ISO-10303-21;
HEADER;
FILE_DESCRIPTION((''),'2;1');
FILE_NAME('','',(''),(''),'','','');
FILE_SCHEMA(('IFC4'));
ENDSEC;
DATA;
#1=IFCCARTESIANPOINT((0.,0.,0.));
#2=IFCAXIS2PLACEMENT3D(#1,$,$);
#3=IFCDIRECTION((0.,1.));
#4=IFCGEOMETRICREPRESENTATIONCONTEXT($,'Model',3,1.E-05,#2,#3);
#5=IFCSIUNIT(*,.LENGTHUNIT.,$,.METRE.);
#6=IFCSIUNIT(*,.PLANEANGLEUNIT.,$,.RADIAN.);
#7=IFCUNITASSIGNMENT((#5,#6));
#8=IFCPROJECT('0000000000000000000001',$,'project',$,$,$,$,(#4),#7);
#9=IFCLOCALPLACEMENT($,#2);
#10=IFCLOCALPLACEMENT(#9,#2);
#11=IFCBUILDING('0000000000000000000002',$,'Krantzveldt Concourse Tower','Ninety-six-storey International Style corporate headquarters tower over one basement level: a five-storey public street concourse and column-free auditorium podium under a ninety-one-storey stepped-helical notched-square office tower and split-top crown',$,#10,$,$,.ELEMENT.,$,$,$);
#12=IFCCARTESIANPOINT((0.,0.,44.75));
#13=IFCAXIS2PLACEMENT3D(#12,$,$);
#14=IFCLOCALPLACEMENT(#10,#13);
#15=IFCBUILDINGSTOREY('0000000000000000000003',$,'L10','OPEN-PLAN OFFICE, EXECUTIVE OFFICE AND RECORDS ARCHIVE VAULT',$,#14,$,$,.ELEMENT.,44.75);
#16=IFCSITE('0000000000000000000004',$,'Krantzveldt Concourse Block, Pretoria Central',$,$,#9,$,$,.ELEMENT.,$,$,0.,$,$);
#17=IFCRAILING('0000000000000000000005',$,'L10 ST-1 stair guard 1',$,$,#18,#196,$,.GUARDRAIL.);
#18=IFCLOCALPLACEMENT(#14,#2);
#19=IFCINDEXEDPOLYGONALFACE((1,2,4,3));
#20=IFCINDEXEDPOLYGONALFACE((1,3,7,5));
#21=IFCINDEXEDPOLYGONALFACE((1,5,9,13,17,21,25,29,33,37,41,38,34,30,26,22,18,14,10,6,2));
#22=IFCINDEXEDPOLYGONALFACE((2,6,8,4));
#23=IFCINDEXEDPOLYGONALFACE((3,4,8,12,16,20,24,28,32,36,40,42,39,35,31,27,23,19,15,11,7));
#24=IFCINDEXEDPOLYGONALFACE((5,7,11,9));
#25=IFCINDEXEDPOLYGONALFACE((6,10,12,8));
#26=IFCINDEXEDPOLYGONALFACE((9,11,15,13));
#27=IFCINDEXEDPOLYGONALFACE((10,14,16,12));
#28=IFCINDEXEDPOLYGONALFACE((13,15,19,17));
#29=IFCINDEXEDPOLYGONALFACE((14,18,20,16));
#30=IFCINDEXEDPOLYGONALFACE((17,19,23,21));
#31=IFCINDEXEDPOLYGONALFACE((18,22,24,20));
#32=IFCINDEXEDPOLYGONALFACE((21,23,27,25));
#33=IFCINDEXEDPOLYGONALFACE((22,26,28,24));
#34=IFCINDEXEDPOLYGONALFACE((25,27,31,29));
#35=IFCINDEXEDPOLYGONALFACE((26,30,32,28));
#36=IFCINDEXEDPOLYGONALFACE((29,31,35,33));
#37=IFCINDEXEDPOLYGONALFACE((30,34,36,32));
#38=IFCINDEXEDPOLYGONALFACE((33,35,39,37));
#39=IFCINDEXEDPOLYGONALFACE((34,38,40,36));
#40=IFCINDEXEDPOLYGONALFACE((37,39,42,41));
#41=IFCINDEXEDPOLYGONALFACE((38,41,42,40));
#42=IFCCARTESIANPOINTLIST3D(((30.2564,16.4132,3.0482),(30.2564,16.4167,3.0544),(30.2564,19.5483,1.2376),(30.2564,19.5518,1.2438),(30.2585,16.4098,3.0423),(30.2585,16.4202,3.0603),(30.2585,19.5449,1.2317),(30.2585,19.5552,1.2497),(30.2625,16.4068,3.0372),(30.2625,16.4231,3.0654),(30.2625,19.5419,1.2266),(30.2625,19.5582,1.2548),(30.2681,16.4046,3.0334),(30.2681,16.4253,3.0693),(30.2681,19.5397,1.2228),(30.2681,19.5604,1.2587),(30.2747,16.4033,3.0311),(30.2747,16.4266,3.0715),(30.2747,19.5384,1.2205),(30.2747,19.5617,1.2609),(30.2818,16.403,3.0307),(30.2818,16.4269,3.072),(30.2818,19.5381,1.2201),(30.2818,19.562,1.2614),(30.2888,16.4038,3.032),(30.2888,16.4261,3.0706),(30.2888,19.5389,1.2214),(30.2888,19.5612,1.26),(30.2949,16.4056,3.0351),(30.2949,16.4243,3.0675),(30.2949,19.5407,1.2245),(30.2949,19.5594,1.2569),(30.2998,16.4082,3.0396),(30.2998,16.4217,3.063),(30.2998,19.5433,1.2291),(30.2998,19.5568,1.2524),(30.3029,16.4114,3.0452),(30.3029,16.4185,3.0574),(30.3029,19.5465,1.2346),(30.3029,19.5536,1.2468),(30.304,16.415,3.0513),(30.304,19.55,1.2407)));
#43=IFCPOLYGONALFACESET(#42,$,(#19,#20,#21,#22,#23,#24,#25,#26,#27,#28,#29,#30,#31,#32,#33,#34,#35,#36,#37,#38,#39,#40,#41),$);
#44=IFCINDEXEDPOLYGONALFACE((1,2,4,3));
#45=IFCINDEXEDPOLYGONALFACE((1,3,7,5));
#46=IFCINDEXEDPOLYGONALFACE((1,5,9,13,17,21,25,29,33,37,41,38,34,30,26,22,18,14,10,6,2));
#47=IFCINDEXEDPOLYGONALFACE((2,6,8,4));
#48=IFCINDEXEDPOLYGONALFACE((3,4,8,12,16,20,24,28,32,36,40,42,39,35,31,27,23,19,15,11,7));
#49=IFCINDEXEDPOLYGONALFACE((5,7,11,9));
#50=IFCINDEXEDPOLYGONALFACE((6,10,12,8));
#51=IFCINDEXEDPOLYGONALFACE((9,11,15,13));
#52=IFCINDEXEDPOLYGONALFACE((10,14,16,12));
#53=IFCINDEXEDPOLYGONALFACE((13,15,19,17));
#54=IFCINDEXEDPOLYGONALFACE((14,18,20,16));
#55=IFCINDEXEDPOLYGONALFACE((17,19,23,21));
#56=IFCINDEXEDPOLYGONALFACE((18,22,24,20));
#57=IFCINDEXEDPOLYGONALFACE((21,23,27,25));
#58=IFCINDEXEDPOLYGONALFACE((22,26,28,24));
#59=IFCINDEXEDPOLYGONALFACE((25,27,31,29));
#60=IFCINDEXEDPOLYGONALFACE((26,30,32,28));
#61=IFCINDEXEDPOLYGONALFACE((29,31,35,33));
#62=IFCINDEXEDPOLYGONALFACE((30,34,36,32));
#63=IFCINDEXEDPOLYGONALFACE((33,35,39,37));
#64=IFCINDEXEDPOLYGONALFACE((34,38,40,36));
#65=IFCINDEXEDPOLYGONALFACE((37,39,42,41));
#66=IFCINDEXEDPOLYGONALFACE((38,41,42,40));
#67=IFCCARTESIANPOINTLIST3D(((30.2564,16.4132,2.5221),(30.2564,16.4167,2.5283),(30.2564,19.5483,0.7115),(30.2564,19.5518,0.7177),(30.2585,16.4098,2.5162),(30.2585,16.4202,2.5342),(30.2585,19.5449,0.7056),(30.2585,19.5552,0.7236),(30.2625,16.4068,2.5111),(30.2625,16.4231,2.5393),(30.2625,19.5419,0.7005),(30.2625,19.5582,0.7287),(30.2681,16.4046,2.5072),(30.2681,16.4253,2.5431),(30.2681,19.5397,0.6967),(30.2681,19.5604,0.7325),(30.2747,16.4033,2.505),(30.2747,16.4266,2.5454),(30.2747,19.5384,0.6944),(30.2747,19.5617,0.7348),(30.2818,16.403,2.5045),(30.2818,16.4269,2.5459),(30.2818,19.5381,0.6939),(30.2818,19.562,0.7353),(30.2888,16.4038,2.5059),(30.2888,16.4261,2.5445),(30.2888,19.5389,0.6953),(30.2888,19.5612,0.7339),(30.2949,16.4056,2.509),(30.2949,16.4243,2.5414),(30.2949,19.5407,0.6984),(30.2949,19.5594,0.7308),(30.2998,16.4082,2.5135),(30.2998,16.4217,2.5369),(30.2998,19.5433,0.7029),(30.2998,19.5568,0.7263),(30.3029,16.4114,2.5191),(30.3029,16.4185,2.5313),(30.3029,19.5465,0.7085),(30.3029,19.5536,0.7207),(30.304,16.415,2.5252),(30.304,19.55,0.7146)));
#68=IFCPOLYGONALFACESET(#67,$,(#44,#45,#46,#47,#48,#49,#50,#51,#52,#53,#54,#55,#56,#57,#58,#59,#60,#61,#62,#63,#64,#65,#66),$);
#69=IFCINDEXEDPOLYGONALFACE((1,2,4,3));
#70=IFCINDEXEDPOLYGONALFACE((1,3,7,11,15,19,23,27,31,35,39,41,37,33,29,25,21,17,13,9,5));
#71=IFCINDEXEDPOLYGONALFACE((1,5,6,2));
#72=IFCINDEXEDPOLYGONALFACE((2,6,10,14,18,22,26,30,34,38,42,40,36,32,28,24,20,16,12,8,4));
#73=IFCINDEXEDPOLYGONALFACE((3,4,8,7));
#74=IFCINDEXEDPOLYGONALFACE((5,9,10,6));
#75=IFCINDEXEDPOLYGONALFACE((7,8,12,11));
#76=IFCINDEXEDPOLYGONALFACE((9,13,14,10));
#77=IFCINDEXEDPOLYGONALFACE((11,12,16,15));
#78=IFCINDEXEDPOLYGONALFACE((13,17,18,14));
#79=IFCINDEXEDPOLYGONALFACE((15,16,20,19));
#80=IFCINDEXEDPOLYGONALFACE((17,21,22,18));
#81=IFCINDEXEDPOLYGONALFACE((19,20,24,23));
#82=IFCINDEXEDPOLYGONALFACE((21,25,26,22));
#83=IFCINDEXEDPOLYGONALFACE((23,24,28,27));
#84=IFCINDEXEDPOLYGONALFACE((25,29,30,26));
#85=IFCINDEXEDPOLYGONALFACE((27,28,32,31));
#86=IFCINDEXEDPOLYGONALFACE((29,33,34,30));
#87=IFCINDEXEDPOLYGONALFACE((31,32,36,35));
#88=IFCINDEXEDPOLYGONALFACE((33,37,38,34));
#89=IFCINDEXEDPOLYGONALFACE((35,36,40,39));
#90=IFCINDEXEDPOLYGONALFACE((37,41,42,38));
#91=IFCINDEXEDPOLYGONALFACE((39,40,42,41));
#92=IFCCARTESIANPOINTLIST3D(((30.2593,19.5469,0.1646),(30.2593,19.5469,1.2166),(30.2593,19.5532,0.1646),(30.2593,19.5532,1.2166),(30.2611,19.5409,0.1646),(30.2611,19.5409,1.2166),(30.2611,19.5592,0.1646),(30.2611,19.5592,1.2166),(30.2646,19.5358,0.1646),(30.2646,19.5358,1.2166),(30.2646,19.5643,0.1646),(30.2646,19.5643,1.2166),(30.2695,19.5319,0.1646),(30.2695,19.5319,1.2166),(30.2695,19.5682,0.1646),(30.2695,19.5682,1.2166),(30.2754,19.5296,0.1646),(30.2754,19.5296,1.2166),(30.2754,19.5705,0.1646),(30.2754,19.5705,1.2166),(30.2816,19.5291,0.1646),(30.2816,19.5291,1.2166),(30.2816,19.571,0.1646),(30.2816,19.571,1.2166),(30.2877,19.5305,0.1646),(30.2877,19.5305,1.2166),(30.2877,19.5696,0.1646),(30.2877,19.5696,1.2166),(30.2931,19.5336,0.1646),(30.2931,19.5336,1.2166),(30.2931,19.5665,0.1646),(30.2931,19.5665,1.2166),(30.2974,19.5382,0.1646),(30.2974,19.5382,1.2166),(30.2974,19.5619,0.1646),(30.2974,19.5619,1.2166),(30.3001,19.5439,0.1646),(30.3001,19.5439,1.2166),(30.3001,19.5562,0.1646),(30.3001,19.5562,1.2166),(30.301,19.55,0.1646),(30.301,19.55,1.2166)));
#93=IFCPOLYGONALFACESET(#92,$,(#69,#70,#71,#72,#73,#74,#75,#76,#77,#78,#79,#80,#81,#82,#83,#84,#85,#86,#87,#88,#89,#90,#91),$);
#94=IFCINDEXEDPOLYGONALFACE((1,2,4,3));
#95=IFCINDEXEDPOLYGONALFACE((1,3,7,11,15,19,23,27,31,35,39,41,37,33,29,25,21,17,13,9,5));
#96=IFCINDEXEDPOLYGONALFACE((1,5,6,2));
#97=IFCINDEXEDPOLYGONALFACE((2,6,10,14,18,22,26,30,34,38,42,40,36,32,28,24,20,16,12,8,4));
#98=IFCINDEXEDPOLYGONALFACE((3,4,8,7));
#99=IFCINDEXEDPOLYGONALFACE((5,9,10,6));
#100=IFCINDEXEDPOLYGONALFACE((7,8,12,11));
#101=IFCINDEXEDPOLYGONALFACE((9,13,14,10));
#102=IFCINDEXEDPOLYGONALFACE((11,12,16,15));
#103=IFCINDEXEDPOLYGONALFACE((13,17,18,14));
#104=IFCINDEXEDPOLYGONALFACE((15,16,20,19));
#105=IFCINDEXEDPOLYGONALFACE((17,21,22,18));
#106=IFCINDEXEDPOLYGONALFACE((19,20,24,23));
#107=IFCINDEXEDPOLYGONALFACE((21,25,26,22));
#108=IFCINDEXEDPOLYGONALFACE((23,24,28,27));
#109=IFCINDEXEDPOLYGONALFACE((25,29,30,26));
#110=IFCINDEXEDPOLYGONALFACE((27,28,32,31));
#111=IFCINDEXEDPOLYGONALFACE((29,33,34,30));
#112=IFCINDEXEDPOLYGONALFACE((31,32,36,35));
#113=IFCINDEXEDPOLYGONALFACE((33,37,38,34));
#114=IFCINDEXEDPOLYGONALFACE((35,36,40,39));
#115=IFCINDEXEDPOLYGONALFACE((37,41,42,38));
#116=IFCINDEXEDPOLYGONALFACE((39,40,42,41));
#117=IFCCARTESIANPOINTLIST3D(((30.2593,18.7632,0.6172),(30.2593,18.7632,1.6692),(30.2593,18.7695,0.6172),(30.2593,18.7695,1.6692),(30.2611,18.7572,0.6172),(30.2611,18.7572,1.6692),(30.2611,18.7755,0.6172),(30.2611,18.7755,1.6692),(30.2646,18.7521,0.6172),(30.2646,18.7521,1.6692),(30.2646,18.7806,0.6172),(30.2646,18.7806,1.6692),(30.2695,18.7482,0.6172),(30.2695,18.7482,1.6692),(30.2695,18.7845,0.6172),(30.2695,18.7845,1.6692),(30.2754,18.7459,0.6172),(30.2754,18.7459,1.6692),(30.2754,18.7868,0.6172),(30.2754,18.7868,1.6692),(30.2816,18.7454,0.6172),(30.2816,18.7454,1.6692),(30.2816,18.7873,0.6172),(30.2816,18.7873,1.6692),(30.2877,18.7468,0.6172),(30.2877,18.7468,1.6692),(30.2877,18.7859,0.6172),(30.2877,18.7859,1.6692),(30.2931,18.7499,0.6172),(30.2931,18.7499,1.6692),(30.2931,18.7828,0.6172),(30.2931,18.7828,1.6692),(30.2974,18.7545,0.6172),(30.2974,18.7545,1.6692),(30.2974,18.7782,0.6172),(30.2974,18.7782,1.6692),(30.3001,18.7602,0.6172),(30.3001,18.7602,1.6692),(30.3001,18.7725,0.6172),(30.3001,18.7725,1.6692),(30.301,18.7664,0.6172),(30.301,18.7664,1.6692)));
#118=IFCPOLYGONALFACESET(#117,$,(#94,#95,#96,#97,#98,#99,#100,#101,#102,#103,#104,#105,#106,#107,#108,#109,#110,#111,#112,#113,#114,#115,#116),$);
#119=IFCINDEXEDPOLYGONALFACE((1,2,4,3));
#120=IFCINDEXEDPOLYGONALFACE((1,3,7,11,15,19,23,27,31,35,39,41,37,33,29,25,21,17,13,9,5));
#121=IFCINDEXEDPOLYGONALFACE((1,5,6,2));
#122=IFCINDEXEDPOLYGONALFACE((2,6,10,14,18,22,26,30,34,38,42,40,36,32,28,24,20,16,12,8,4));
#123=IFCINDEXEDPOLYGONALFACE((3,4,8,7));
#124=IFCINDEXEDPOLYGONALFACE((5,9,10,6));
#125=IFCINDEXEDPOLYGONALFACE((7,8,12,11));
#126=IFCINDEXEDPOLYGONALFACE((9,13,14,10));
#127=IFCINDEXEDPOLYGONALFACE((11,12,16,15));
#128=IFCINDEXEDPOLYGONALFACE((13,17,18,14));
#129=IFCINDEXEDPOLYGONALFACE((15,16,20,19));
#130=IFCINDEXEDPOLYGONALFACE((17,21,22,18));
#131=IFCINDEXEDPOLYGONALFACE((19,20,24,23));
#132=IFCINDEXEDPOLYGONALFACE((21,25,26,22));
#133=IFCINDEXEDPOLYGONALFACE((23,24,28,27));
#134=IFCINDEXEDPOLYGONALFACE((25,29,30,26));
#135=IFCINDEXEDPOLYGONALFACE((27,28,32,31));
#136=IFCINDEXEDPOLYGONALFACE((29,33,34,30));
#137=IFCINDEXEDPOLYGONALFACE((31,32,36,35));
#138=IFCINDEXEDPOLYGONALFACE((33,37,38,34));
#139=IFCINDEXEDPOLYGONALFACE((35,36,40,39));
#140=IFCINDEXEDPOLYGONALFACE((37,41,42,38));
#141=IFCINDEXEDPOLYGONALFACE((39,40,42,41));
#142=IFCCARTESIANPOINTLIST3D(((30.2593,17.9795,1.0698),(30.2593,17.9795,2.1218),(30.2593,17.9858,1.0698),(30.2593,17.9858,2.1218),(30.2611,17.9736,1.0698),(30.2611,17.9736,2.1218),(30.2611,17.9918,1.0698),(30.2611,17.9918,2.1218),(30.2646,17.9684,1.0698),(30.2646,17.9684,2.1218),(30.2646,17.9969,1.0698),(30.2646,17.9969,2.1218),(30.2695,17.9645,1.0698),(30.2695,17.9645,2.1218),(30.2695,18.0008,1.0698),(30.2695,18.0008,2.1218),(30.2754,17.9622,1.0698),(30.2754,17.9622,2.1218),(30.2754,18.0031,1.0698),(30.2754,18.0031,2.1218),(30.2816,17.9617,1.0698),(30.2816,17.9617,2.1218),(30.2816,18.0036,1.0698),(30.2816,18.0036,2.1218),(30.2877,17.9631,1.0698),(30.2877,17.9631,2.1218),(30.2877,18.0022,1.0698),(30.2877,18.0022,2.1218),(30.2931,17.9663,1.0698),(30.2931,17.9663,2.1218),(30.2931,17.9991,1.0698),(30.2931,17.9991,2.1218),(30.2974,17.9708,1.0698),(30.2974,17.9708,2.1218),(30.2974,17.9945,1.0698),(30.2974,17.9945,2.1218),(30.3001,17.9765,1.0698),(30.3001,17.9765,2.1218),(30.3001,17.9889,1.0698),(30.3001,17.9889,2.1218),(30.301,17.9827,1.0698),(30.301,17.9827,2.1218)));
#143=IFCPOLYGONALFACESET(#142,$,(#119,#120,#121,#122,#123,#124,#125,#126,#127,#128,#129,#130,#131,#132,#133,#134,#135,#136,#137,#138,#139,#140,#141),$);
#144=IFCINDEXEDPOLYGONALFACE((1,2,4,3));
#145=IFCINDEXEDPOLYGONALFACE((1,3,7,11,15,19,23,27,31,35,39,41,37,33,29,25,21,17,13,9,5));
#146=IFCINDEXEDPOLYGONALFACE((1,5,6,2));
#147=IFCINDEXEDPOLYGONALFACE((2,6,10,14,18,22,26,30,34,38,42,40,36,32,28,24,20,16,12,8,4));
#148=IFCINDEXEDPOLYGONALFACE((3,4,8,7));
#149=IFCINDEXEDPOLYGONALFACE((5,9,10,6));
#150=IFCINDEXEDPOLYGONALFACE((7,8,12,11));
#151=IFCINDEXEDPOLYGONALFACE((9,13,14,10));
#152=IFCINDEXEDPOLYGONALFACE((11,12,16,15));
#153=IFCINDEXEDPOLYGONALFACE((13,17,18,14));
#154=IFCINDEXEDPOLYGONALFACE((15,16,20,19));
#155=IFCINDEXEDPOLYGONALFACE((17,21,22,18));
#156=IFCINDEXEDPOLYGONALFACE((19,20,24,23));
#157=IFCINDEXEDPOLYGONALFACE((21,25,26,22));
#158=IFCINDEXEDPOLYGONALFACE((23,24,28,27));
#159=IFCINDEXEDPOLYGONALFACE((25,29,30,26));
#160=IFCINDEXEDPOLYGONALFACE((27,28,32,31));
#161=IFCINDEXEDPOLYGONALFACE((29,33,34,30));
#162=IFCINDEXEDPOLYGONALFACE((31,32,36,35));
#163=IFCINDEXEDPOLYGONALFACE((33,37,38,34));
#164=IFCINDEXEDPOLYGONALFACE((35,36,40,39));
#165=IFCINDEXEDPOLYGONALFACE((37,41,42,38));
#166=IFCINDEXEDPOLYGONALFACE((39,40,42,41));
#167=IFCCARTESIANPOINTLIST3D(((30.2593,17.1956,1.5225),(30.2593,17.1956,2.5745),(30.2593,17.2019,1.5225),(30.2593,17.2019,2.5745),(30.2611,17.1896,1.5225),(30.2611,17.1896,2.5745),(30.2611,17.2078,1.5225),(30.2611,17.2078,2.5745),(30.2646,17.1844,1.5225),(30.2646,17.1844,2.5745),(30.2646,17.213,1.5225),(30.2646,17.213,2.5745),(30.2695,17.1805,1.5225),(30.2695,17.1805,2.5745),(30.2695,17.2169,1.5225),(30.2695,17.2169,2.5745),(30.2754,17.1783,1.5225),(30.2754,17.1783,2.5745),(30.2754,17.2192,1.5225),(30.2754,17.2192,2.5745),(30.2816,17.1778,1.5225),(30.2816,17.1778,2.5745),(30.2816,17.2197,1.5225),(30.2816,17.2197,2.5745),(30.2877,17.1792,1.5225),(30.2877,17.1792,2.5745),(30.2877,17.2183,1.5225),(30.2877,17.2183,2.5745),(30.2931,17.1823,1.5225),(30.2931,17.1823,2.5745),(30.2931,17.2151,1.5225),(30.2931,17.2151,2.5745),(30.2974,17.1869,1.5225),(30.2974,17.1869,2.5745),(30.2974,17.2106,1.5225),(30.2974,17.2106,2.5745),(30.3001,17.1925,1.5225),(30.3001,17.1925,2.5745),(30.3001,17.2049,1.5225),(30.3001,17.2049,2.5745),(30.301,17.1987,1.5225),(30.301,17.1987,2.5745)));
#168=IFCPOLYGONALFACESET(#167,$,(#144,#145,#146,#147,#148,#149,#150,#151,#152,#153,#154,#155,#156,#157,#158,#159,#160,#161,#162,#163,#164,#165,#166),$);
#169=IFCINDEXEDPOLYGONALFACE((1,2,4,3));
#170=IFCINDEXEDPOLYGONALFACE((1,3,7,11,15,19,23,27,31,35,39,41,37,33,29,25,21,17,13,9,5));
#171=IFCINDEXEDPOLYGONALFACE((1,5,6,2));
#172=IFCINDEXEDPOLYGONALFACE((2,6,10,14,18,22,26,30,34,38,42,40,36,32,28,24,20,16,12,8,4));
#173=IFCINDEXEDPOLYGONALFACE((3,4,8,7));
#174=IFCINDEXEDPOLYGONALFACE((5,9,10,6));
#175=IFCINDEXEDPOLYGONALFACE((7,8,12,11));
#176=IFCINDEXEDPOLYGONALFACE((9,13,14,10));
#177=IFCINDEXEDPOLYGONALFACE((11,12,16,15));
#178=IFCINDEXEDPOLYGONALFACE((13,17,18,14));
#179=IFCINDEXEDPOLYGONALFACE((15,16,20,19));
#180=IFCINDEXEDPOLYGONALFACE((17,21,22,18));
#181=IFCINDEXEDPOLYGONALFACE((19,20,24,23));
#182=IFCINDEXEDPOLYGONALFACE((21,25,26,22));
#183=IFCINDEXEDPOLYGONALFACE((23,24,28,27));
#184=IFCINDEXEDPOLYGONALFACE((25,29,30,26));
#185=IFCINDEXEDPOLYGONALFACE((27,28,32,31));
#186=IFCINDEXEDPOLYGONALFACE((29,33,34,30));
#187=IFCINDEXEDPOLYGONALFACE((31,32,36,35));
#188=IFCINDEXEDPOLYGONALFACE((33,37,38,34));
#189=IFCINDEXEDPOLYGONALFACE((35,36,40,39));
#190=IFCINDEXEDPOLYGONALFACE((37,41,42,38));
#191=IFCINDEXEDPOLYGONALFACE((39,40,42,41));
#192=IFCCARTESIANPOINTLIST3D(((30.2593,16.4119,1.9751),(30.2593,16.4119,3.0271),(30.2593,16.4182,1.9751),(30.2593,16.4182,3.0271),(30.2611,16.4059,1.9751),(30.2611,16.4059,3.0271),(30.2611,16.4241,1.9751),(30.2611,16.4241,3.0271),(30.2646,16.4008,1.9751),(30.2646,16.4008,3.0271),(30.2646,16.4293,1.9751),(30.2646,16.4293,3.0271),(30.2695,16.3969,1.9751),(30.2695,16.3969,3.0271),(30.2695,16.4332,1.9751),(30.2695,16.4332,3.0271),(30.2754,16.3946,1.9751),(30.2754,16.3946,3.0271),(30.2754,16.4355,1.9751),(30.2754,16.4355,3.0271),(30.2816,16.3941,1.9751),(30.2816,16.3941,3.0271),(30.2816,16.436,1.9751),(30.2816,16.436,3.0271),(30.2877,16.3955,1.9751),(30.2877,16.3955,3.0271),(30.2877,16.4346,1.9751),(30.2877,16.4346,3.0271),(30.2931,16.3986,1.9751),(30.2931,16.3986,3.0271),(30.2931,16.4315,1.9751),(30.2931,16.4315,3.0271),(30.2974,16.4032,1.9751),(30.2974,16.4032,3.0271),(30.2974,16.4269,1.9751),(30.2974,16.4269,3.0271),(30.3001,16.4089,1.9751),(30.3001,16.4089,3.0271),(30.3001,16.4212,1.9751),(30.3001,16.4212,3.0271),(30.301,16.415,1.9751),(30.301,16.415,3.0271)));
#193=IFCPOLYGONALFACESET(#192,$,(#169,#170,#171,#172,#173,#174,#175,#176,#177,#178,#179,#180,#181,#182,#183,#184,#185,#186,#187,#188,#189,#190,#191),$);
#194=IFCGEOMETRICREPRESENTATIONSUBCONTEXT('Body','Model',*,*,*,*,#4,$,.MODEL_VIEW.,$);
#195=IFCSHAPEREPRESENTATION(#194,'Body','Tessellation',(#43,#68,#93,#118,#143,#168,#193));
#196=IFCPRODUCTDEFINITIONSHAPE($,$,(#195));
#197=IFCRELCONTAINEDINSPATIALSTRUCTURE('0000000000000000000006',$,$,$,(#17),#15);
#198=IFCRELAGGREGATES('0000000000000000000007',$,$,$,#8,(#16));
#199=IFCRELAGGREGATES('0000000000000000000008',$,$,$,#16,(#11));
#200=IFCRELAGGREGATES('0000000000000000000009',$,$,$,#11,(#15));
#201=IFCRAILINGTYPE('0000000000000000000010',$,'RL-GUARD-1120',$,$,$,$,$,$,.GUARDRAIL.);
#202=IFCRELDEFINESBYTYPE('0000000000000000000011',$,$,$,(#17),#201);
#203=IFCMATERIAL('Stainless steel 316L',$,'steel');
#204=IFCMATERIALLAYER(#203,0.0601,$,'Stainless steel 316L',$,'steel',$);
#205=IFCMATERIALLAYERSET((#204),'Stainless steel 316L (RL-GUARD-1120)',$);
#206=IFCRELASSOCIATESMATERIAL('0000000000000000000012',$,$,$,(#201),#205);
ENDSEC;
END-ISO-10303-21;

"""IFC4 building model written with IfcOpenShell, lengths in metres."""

from ifc_helpers import new_model, si_unit, direction, frame, origin, origin_2d, place, context, subcontext, project, spatial, circle, extrude, material, layer, layer_set, type_object, element, save


model = new_model("IFC4")

# Units and contexts
model_context = context("Model", 3, precision=1e-05, world=origin(), true_north=direction((0.0, 1.0)))
body_context = subcontext(model_context, "Body", "Model", "MODEL_VIEW")
ifc_project = project(units=[si_unit("LENGTHUNIT", "METRE"), si_unit("PLANEANGLEUNIT", "RADIAN")], contexts=[model_context])

# Site, building, storey
site_placement = place(None, origin())
site = spatial("IfcSite", under=ifc_project, at=site_placement, Name="Krantzveldt Concourse Block, Pretoria Central", CompositionType="ELEMENT", RefElevation=0.0)
building_placement = place(site_placement, origin())
building = spatial("IfcBuilding", under=site, at=building_placement, Name="Krantzveldt Concourse Tower", Description="Ninety-six-storey International Style corporate headquarters tower over one basement level: a five-storey public street concourse and column-free auditorium podium under a ninety-one-storey stepped-helical notched-square office tower and split-top crown", CompositionType="ELEMENT")
storey_placement = place(building_placement, frame((0.0, 0.0, 44.75)))
storey = spatial("IfcBuildingStorey", under=building, at=storey_placement, Name="L10", Description="OPEN-PLAN OFFICE, EXECUTIVE OFFICE AND RECORDS ARCHIVE VAULT", CompositionType="ELEMENT", Elevation=44.75)

# Railing
ifc_material_1 = material(Name="Stainless steel 316L", Category="steel")
ifc_layer_1 = layer(ifc_material_1, 0.0601, Name="Stainless steel 316L", Category="steel")
ifc_layer_set_1 = layer_set([ifc_layer_1], Name="Stainless steel 316L (RL-GUARD-1120)")
railing_type_1 = type_object("IfcRailingType", Name="RL-GUARD-1120", PredefinedType="GUARDRAIL", material=ifc_layer_set_1)
railing_1_placement = place(storey_placement, frame((30.28, 19.55, 0.1646)))
element("IfcRailing", 1, at=railing_1_placement, inside=storey, type_object=railing_type_1, Name="L10 ST-1 stair guard 1", PredefinedType="GUARDRAIL", context=body_context, shape_type="SweptSolid", body=[
    extrude(circle(Radius=0.0239, at=origin_2d()), frame((0.0, 0.0, 1.0762), z_axis=(0.0, -0.86596, 0.500114), x_axis=(1.0, 0.0, 0.0)), (0.0, 0.0, 1.0), 3.6204),
    extrude(circle(Radius=0.0239, at=origin_2d()), frame((0.0, 0.0, 0.55), z_axis=(0.0, -0.86596, 0.500114), x_axis=(1.0, 0.0, 0.0)), (0.0, 0.0, 1.0), 3.6204),
    extrude(circle(Radius=0.021, at=origin_2d()), origin(), (0.0, 0.0, 1.0), 1.052),
    extrude(circle(Radius=0.021, at=origin_2d()), frame((0.0, -0.7837, 0.4526)), (0.0, 0.0, 1.0), 1.052),
    extrude(circle(Radius=0.021, at=origin_2d()), frame((0.0, -1.5674, 0.9053)), (0.0, 0.0, 1.0), 1.052),
    extrude(circle(Radius=0.021, at=origin_2d()), frame((0.0, -2.3513, 1.3579)), (0.0, 0.0, 1.0), 1.052),
    extrude(circle(Radius=0.021, at=origin_2d()), frame((0.0, -3.135, 1.8105)), (0.0, 0.0, 1.0), 1.052),
])

save(model, "model.ifc")
